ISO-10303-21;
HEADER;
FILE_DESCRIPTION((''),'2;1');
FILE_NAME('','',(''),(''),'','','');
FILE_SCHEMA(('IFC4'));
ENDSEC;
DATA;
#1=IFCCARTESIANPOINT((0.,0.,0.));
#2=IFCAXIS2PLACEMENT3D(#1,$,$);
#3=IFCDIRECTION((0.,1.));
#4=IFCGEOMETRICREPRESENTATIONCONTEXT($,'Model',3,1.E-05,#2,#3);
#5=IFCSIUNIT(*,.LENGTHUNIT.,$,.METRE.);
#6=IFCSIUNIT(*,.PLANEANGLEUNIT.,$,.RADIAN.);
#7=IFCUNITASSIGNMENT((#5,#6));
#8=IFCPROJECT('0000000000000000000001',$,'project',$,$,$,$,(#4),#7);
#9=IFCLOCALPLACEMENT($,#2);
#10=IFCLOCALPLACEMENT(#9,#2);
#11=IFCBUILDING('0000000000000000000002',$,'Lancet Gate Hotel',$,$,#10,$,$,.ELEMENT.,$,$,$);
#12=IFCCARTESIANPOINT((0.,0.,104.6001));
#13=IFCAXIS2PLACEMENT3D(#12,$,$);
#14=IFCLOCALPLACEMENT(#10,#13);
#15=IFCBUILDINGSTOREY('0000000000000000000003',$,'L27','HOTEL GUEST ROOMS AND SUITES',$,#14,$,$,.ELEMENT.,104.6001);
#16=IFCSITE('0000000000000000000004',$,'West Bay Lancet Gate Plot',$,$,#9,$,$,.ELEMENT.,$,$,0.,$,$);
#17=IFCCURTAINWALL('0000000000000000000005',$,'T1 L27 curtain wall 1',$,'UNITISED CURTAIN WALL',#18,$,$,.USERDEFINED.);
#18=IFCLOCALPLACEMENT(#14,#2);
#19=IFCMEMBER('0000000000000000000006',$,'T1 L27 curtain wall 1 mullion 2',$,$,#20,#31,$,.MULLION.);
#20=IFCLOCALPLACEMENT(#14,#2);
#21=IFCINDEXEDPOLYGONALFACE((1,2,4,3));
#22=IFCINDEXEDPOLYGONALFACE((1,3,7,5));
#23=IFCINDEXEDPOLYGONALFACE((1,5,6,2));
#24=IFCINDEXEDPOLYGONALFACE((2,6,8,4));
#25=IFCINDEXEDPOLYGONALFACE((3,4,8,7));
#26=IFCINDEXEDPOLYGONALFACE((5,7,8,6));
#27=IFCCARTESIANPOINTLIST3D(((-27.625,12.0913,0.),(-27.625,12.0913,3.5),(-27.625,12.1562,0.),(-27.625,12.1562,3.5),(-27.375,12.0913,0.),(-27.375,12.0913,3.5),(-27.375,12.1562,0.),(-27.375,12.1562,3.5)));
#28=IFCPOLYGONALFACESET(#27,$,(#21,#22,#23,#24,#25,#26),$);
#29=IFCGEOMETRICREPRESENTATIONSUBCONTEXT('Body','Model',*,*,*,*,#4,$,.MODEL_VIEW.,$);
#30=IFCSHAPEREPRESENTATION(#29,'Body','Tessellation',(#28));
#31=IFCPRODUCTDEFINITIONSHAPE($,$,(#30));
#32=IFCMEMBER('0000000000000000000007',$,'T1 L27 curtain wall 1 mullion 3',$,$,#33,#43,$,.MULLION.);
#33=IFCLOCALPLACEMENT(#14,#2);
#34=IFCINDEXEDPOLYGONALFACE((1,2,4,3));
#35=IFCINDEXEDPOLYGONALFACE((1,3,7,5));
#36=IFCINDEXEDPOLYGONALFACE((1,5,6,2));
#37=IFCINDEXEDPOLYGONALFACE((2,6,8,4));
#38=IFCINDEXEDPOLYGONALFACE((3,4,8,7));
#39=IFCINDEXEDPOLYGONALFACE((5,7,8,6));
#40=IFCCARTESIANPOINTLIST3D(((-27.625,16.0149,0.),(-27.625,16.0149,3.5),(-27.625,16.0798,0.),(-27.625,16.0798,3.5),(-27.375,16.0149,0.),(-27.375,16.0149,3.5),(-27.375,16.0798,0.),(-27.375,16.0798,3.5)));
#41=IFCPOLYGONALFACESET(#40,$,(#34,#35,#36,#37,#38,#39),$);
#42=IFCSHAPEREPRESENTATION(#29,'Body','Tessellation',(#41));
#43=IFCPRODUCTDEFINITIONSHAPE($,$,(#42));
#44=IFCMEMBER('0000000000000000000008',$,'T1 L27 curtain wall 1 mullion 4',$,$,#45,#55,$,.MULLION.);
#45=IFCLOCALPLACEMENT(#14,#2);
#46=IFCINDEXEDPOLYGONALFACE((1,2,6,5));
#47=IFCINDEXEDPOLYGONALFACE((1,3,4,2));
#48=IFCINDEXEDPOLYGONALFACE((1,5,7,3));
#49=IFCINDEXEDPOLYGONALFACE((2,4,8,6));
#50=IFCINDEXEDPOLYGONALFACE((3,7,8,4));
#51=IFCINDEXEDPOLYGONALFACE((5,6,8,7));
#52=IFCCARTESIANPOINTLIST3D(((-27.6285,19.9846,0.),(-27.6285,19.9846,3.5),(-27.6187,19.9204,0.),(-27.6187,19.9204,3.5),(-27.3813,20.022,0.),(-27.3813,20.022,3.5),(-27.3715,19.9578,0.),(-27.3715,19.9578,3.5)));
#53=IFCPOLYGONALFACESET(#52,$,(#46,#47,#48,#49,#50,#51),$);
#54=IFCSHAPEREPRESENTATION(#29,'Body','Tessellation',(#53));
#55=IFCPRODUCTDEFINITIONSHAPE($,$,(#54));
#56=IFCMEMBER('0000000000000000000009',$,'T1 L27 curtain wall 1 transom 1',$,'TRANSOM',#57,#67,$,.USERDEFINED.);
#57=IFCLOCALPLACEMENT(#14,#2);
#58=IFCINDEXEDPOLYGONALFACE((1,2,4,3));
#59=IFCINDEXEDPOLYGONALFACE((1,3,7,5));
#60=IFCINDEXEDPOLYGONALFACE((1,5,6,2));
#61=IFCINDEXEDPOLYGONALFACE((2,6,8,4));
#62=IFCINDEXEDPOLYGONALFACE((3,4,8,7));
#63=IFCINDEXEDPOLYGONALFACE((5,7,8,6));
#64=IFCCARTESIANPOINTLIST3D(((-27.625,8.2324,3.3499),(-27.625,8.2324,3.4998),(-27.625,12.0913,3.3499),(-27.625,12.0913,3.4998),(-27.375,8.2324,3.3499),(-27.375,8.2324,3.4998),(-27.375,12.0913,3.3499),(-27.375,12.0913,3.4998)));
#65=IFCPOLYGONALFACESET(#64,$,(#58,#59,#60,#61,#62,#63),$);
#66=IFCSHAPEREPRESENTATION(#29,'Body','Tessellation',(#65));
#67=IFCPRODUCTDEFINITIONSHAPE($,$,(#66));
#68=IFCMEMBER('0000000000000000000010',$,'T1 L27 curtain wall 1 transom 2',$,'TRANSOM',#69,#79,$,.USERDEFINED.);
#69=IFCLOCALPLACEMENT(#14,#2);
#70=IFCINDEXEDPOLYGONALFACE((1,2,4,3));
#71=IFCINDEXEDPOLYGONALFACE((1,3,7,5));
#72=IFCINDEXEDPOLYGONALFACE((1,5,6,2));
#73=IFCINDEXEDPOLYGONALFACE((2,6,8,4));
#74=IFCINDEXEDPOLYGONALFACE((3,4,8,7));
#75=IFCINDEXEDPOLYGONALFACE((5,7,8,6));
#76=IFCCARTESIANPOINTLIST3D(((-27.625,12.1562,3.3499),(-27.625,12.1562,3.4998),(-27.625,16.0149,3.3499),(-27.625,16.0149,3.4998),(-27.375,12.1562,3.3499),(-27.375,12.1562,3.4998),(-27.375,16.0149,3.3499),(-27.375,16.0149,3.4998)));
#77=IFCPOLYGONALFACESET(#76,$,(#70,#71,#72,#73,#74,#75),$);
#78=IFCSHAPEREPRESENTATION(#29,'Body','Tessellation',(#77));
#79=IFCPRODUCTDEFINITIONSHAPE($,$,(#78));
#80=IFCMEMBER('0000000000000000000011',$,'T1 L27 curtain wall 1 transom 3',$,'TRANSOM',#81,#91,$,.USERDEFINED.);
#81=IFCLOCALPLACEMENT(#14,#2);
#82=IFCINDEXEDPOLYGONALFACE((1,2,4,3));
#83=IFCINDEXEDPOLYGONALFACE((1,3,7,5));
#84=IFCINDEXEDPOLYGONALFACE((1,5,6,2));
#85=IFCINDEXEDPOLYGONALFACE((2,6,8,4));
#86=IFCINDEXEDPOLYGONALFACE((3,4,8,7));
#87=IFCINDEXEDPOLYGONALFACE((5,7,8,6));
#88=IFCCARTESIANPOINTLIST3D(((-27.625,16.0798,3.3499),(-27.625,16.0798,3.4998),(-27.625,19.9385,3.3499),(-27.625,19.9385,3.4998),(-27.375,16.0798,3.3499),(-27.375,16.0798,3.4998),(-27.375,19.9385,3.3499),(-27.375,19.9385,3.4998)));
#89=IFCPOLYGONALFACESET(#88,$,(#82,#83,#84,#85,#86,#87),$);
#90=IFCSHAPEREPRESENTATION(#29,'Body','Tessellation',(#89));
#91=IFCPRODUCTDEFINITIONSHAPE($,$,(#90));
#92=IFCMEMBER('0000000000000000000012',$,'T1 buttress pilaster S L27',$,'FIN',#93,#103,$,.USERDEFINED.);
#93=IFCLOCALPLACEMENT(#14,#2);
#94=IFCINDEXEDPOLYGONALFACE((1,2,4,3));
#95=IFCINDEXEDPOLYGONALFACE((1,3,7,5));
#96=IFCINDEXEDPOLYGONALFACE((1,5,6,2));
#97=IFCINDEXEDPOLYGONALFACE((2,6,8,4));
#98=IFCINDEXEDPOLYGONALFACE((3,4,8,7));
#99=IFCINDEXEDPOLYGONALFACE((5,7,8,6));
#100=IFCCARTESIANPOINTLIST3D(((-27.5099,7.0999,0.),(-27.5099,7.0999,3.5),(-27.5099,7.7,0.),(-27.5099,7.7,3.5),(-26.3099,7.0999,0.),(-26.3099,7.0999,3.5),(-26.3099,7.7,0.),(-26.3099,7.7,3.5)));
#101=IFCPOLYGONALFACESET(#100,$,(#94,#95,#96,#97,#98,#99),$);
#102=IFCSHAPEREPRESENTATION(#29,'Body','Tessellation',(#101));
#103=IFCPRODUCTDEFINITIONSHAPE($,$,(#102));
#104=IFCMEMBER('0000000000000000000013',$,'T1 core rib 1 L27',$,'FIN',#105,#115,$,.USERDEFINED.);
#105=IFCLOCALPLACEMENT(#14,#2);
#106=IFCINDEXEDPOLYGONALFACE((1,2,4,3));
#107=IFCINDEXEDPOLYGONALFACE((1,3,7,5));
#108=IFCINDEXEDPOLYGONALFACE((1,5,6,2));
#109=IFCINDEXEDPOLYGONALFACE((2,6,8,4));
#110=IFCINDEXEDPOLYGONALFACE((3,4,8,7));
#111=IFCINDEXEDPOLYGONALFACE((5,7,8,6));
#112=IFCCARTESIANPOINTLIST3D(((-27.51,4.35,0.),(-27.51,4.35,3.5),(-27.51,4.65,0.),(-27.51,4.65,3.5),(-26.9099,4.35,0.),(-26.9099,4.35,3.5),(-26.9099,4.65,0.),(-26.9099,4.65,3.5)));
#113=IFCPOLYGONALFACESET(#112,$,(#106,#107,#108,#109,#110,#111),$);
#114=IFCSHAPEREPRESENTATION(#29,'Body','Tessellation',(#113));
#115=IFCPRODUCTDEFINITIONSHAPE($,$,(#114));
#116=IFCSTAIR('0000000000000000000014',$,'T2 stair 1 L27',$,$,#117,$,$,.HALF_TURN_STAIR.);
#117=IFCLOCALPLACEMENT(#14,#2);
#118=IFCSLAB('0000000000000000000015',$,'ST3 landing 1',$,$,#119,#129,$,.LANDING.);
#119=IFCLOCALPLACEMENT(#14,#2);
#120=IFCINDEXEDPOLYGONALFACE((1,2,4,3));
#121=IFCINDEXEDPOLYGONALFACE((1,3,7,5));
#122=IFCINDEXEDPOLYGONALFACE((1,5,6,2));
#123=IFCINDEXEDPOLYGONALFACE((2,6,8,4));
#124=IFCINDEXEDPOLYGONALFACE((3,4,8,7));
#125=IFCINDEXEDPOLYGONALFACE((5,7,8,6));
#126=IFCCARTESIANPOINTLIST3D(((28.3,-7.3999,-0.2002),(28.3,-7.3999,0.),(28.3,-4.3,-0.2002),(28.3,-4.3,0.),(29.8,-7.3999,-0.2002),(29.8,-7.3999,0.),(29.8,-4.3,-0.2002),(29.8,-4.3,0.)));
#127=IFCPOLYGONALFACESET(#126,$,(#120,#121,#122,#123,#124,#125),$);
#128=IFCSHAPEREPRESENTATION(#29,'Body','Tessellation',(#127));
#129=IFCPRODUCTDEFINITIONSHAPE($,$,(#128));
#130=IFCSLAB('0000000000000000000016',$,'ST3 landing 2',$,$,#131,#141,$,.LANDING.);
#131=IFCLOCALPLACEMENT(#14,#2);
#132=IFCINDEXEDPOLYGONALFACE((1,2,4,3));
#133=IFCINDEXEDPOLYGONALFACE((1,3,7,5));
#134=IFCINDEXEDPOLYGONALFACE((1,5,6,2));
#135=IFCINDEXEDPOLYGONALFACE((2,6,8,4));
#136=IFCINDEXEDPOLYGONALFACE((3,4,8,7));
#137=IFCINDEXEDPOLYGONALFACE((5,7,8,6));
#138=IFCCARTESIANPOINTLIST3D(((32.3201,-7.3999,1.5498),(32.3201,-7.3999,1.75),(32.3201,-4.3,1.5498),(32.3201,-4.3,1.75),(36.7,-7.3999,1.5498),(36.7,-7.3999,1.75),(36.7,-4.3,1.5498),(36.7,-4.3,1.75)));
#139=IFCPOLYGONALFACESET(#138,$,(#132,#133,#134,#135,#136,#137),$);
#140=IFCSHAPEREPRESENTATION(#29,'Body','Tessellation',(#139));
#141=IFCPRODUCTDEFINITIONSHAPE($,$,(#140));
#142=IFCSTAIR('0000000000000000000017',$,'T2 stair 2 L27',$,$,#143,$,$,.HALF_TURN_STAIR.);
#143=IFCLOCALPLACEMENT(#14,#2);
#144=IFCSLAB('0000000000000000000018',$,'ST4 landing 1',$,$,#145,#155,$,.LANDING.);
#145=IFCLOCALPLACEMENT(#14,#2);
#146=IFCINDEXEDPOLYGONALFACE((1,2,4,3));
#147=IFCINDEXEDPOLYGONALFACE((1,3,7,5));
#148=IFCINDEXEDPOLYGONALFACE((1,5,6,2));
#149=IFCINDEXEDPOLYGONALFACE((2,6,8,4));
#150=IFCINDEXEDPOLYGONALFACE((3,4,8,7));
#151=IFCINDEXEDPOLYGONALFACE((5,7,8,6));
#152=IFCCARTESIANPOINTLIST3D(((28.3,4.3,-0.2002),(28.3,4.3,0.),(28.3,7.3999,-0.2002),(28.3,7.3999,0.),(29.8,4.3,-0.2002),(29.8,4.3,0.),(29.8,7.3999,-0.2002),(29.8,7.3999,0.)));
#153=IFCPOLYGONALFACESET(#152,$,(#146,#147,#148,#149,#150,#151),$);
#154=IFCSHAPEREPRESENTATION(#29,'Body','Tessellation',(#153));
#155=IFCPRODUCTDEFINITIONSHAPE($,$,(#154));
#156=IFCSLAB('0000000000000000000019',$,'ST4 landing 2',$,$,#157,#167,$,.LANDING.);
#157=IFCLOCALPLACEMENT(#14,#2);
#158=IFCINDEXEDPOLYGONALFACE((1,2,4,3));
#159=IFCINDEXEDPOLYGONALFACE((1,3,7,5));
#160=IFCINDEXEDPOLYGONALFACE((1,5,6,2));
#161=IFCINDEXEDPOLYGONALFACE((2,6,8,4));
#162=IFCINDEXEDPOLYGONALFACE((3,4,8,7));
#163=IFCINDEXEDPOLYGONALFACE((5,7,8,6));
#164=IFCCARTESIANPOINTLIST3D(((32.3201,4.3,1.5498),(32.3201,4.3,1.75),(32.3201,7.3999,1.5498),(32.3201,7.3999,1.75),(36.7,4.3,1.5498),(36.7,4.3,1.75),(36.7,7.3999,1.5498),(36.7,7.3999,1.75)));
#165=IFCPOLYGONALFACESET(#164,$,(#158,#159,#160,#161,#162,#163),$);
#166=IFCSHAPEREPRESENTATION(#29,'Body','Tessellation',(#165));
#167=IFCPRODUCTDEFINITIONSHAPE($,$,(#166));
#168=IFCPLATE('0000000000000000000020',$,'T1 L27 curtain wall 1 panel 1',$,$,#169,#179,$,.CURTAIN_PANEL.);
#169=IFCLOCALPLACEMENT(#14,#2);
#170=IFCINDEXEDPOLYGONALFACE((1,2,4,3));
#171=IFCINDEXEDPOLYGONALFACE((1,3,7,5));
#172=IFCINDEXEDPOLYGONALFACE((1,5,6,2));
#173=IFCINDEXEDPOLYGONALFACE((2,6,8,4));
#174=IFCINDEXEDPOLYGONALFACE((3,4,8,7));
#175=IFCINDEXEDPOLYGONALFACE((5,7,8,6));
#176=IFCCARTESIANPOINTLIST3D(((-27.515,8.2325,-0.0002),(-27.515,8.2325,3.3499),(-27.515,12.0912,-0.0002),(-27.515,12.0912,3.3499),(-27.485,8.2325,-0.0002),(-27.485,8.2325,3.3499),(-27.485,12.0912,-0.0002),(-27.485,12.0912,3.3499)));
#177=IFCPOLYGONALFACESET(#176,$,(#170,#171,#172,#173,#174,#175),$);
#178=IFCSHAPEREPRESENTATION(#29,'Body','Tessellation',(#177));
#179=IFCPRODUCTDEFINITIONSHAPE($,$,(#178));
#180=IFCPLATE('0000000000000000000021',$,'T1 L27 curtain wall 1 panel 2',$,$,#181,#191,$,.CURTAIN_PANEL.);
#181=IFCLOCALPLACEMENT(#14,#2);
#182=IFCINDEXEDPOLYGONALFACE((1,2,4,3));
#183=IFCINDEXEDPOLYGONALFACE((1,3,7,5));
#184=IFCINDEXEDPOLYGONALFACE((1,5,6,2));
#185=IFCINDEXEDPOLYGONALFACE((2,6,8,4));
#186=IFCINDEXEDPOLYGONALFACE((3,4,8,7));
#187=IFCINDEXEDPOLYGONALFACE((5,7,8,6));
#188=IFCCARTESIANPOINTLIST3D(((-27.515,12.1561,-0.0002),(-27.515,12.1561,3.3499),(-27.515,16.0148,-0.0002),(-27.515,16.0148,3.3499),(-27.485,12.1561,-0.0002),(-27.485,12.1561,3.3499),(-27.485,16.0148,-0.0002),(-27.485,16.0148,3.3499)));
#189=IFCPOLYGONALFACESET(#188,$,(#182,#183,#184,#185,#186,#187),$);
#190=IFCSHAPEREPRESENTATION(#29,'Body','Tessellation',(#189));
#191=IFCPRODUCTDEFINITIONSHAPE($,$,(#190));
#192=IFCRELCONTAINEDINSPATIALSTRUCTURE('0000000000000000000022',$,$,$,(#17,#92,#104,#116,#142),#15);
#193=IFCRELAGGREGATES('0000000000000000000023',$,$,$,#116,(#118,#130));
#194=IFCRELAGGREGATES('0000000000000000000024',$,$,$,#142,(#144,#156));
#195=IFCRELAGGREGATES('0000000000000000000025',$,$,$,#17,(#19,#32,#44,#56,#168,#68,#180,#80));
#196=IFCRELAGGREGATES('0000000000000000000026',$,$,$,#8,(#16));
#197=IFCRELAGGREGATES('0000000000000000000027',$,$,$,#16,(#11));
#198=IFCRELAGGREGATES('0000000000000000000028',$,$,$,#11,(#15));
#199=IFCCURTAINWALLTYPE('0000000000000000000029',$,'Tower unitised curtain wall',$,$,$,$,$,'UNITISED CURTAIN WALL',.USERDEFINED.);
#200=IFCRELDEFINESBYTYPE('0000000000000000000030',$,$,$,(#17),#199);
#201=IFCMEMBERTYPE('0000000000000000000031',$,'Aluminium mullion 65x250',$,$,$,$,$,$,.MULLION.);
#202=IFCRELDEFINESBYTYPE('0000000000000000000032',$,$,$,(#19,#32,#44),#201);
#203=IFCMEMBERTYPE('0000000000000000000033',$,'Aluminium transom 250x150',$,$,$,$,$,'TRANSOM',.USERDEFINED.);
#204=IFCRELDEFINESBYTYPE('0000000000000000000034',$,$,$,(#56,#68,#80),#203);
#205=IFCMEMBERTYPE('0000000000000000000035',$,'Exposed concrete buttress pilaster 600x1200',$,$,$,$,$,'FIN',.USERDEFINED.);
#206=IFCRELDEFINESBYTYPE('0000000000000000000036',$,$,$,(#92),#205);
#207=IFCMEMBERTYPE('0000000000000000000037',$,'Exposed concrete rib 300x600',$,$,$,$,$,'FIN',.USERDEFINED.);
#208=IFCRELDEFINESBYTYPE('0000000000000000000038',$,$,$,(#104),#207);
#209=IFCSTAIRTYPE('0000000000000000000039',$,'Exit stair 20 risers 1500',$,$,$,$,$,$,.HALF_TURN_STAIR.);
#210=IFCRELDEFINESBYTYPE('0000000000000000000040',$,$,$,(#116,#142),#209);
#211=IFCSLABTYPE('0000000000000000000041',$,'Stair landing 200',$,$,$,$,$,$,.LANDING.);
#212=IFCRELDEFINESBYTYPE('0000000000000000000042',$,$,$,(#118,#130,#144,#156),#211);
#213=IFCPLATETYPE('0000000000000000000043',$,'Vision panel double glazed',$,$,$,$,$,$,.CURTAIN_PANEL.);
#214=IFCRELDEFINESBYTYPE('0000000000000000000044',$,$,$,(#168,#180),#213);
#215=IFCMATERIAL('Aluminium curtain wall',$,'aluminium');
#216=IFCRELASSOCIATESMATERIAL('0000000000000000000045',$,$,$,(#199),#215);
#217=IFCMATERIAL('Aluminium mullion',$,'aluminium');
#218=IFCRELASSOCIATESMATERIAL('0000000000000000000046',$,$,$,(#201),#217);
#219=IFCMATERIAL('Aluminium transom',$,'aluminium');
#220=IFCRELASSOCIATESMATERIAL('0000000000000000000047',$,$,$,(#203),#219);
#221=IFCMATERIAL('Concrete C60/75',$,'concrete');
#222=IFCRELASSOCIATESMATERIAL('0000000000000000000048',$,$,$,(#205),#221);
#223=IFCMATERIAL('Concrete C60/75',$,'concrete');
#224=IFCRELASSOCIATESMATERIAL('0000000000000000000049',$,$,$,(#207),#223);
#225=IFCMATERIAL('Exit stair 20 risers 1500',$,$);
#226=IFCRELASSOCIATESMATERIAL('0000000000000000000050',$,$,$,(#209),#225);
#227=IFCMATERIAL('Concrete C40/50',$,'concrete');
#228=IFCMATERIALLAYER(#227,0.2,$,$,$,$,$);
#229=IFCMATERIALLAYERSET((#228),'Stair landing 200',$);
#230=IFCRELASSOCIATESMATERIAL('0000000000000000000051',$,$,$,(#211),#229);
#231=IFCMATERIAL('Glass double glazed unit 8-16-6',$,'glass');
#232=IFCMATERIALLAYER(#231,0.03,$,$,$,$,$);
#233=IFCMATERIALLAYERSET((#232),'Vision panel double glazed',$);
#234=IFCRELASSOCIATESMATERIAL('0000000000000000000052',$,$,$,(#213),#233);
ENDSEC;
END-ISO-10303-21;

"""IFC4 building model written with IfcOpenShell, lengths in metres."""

from ifc_helpers import new_model, si_unit, direction, frame, origin, origin_2d, place, context, subcontext, project, spatial, polyline, rectangle, outline, extrude, material, layer, layer_set, material_profile, profile_set, type_object, element, aggregate, save


model = new_model("IFC4")

# Units and contexts
model_context = context("Model", 3, precision=1e-05, world=origin(), true_north=direction((0.0, 1.0)))
body_context = subcontext(model_context, "Body", "Model", "MODEL_VIEW")
ifc_project = project(units=[si_unit("LENGTHUNIT", "METRE"), si_unit("PLANEANGLEUNIT", "RADIAN")], contexts=[model_context])

# Site, building, storey
site_placement = place(None, origin())
site = spatial("IfcSite", under=ifc_project, at=site_placement, Name="West Bay Lancet Gate Plot", CompositionType="ELEMENT", RefElevation=0.0)
building_placement = place(site_placement, origin())
building = spatial("IfcBuilding", under=site, at=building_placement, Name="Lancet Gate Hotel", CompositionType="ELEMENT")
storey_placement = place(building_placement, frame((0.0, 0.0, 104.6001)))
storey = spatial("IfcBuildingStorey", under=building, at=storey_placement, Name="L27", Description="HOTEL GUEST ROOMS AND SUITES", CompositionType="ELEMENT", Elevation=104.6001)

# Curtain wall, members
ifc_material_1 = material(Name="Aluminium curtain wall", Category="aluminium")
curtain_wall_type = type_object("IfcCurtainWallType", Name="Tower unitised curtain wall", ElementType="UNITISED CURTAIN WALL", PredefinedType="USERDEFINED", material=ifc_material_1)
curtain_wall_placement = place(storey_placement, origin())
curtain_wall = element("IfcCurtainWall", 1, at=curtain_wall_placement, inside=storey, type_object=curtain_wall_type, Name="T1 L27 curtain wall 1", ObjectType="UNITISED CURTAIN WALL", PredefinedType="USERDEFINED")
ifc_material_2 = material(Name="Aluminium mullion", Category="aluminium")
ifc_material_profile_1 = material_profile(ifc_material_2, rectangle(XDim=0.0649, YDim=0.25, at=origin_2d()), Name="MULLION 65x250")
ifc_profile_set_1 = profile_set([ifc_material_profile_1], Name="Aluminium mullion")
member_type_1 = type_object("IfcMemberType", Name="Aluminium mullion 65x250", PredefinedType="MULLION", material=ifc_profile_set_1)
member_1_placement = place(storey_placement, frame((-27.5, 12.1238, 0.0), z_axis=(0.0, 0.0, 1.0), x_axis=(0.0, 1.0, 0.0)))
member_1 = element("IfcMember", 2, at=member_1_placement, type_object=member_type_1, Name="T1 L27 curtain wall 1 mullion 2", PredefinedType="MULLION", context=body_context, shape_type="SweptSolid", body=[
    extrude(rectangle(XDim=0.0649, YDim=0.25, at=origin_2d()), origin(), (0.0, 0.0, 1.0), 3.5),
])
member_2_placement = place(storey_placement, frame((-27.5, 16.0474, 0.0), z_axis=(0.0, 0.0, 1.0), x_axis=(0.0, 1.0, 0.0)))
member_2 = element("IfcMember", 3, at=member_2_placement, type_object=member_type_1, Name="T1 L27 curtain wall 1 mullion 3", PredefinedType="MULLION", context=body_context, shape_type="SweptSolid", body=[
    extrude(rectangle(XDim=0.0649, YDim=0.25, at=origin_2d()), origin(), (0.0, 0.0, 1.0), 3.5),
])
member_3_placement = place(storey_placement, frame((-27.5, 19.9712, 0.0), z_axis=(0.0, 0.0, 1.0), x_axis=(-0.149634, 0.988741, 0.0)))
member_3 = element("IfcMember", 4, at=member_3_placement, type_object=member_type_1, Name="T1 L27 curtain wall 1 mullion 4", PredefinedType="MULLION", context=body_context, shape_type="SweptSolid", body=[
    extrude(rectangle(XDim=0.0649, YDim=0.25, at=origin_2d()), origin(), (0.0, 0.0, 1.0), 3.5),
])
ifc_material_3 = material(Name="Aluminium transom", Category="aluminium")
ifc_material_profile_2 = material_profile(ifc_material_3, rectangle(XDim=0.25, YDim=0.1499, at=origin_2d()), Name="TRANSOM 250x150")
ifc_profile_set_2 = profile_set([ifc_material_profile_2], Name="Aluminium transom")
member_type_2 = type_object("IfcMemberType", Name="Aluminium transom 250x150", ElementType="TRANSOM", PredefinedType="USERDEFINED", material=ifc_profile_set_2)
member_4_placement = place(storey_placement, frame((-27.5, 8.2324, 3.4248), z_axis=(0.0, 1.0, 0.0), x_axis=(-1.0, 0.0, 0.0)))
member_4 = element("IfcMember", 5, at=member_4_placement, type_object=member_type_2, Name="T1 L27 curtain wall 1 transom 1", ObjectType="TRANSOM", PredefinedType="USERDEFINED", context=body_context, shape_type="SweptSolid", body=[
    extrude(rectangle(XDim=0.25, YDim=0.1499, at=origin_2d()), origin(), (0.0, 0.0, 1.0), 3.8589),
])
member_5_placement = place(storey_placement, frame((-27.5, 12.1562, 3.4248), z_axis=(0.0, 1.0, 0.0), x_axis=(-1.0, 0.0, 0.0)))
member_5 = element("IfcMember", 6, at=member_5_placement, type_object=member_type_2, Name="T1 L27 curtain wall 1 transom 2", ObjectType="TRANSOM", PredefinedType="USERDEFINED", context=body_context, shape_type="SweptSolid", body=[
    extrude(rectangle(XDim=0.25, YDim=0.1499, at=origin_2d()), origin(), (0.0, 0.0, 1.0), 3.8586),
])
member_6_placement = place(storey_placement, frame((-27.5, 16.0798, 3.4248), z_axis=(0.0, 1.0, 0.0), x_axis=(-1.0, 0.0, 0.0)))
member_6 = element("IfcMember", 7, at=member_6_placement, type_object=member_type_2, Name="T1 L27 curtain wall 1 transom 3", ObjectType="TRANSOM", PredefinedType="USERDEFINED", context=body_context, shape_type="SweptSolid", body=[
    extrude(rectangle(XDim=0.25, YDim=0.1499, at=origin_2d()), origin(), (0.0, 0.0, 1.0), 3.8586),
])

# Members
ifc_material_4 = material(Name="Concrete C60/75", Category="concrete")
ifc_material_profile_3 = material_profile(ifc_material_4, rectangle(XDim=0.6001, YDim=1.2, at=origin_2d()), Name="FIN 600x1200")
ifc_profile_set_3 = profile_set([ifc_material_profile_3], Name="Concrete C60/75")
member_type_3 = type_object("IfcMemberType", Name="Exposed concrete buttress pilaster 600x1200", ElementType="FIN", PredefinedType="USERDEFINED", material=ifc_profile_set_3)
member_7_placement = place(storey_placement, frame((-26.9099, 7.3999, 0.0), z_axis=(0.0, 0.0, 1.0), x_axis=(0.0, 1.0, 0.0)))
element("IfcMember", 8, at=member_7_placement, inside=storey, type_object=member_type_3, Name="T1 buttress pilaster S L27", ObjectType="FIN", PredefinedType="USERDEFINED", context=body_context, shape_type="SweptSolid", body=[
    extrude(rectangle(XDim=0.6001, YDim=1.2, at=origin_2d()), origin(), (0.0, 0.0, 1.0), 3.5),
])
ifc_material_5 = material(Name="Concrete C60/75", Category="concrete")
ifc_material_profile_4 = material_profile(ifc_material_5, rectangle(XDim=0.3, YDim=0.6001, at=origin_2d()), Name="FIN 300x600")
ifc_profile_set_4 = profile_set([ifc_material_profile_4], Name="Concrete C60/75")
member_type_4 = type_object("IfcMemberType", Name="Exposed concrete rib 300x600", ElementType="FIN", PredefinedType="USERDEFINED", material=ifc_profile_set_4)
member_8_placement = place(storey_placement, frame((-27.21, 4.5, 0.0), z_axis=(0.0, 0.0, 1.0), x_axis=(0.0, 1.0, 0.0)))
element("IfcMember", 9, at=member_8_placement, inside=storey, type_object=member_type_4, Name="T1 core rib 1 L27", ObjectType="FIN", PredefinedType="USERDEFINED", context=body_context, shape_type="SweptSolid", body=[
    extrude(rectangle(XDim=0.3, YDim=0.6001, at=origin_2d()), origin(), (0.0, 0.0, 1.0), 3.5),
])

# Stairs, slabs
ifc_material_6 = material(Name="Exit stair 20 risers 1500")
stair_type = type_object("IfcStairType", Name="Exit stair 20 risers 1500", PredefinedType="HALF_TURN_STAIR", material=ifc_material_6)
stair_1_placement = place(storey_placement, origin())
stair_1 = element("IfcStair", 10, at=stair_1_placement, inside=storey, type_object=stair_type, Name="T2 stair 1 L27", PredefinedType="HALF_TURN_STAIR")
ifc_material_7 = material(Name="Concrete C40/50", Category="concrete")
ifc_layer_1 = layer(ifc_material_7, 0.2)
ifc_layer_set_1 = layer_set([ifc_layer_1], Name="Stair landing 200")
slab_type = type_object("IfcSlabType", Name="Stair landing 200", PredefinedType="LANDING", material=ifc_layer_set_1)
slab_1_placement = place(storey_placement, frame((0.0, 0.0, -0.2002)))
slab_1 = element("IfcSlab", 11, at=slab_1_placement, type_object=slab_type, Name="ST3 landing 1", PredefinedType="LANDING", context=body_context, shape_type="SweptSolid", body=[
    extrude(outline(polyline([(28.3, -7.3999), (29.8, -7.3999), (29.8, -4.3), (28.3, -4.3), (28.3, -7.3999)])), origin(), (0.0, 0.0, 1.0), 0.2002),
])
slab_2_placement = place(storey_placement, frame((0.0, 0.0, 1.5498)))
slab_2 = element("IfcSlab", 12, at=slab_2_placement, type_object=slab_type, Name="ST3 landing 2", PredefinedType="LANDING", context=body_context, shape_type="SweptSolid", body=[
    extrude(outline(polyline([(32.3201, -7.3999), (36.7, -7.3999), (36.7, -4.3), (32.3201, -4.3), (32.3201, -7.3999)])), origin(), (0.0, 0.0, 1.0), 0.2002),
])
aggregate(stair_1, [slab_1, slab_2])
stair_2_placement = place(storey_placement, origin())
stair_2 = element("IfcStair", 13, at=stair_2_placement, inside=storey, type_object=stair_type, Name="T2 stair 2 L27", PredefinedType="HALF_TURN_STAIR")
slab_3_placement = place(storey_placement, frame((0.0, 0.0, -0.2002)))
slab_3 = element("IfcSlab", 14, at=slab_3_placement, type_object=slab_type, Name="ST4 landing 1", PredefinedType="LANDING", context=body_context, shape_type="SweptSolid", body=[
    extrude(outline(polyline([(28.3, 4.3), (29.8, 4.3), (29.8, 7.3999), (28.3, 7.3999), (28.3, 4.3)])), origin(), (0.0, 0.0, 1.0), 0.2002),
])
slab_4_placement = place(storey_placement, frame((0.0, 0.0, 1.5498)))
slab_4 = element("IfcSlab", 15, at=slab_4_placement, type_object=slab_type, Name="ST4 landing 2", PredefinedType="LANDING", context=body_context, shape_type="SweptSolid", body=[
    extrude(outline(polyline([(32.3201, 4.3), (36.7, 4.3), (36.7, 7.3999), (32.3201, 7.3999), (32.3201, 4.3)])), origin(), (0.0, 0.0, 1.0), 0.2002),
])
aggregate(stair_2, [slab_3, slab_4])

# Plates
ifc_material_8 = material(Name="Glass double glazed unit 8-16-6", Category="glass")
ifc_layer_2 = layer(ifc_material_8, 0.03)
ifc_layer_set_2 = layer_set([ifc_layer_2], Name="Vision panel double glazed")
plate_type = type_object("IfcPlateType", Name="Vision panel double glazed", PredefinedType="CURTAIN_PANEL", material=ifc_layer_set_2)
plate_1_placement = place(storey_placement, frame((-27.5, 10.1619, -0.0002), z_axis=(0.0, 0.0, 1.0), x_axis=(0.0, 1.0, 0.0)))
plate_1 = element("IfcPlate", 16, at=plate_1_placement, type_object=plate_type, Name="T1 L27 curtain wall 1 panel 1", PredefinedType="CURTAIN_PANEL", context=body_context, shape_type="SweptSolid", body=[
    extrude(rectangle(XDim=3.8586, YDim=0.03, at=origin_2d()), origin(), (0.0, 0.0, 1.0), 3.3501),
])
plate_2_placement = place(storey_placement, frame((-27.5, 14.0854, -0.0002), z_axis=(0.0, 0.0, 1.0), x_axis=(0.0, 1.0, 0.0)))
plate_2 = element("IfcPlate", 17, at=plate_2_placement, type_object=plate_type, Name="T1 L27 curtain wall 1 panel 2", PredefinedType="CURTAIN_PANEL", context=body_context, shape_type="SweptSolid", body=[
    extrude(rectangle(XDim=3.8586, YDim=0.03, at=origin_2d()), origin(), (0.0, 0.0, 1.0), 3.3501),
])
aggregate(curtain_wall, [member_1, member_2, member_3, member_4, plate_1, member_5, plate_2, member_6])

save(model, "model.ifc")
